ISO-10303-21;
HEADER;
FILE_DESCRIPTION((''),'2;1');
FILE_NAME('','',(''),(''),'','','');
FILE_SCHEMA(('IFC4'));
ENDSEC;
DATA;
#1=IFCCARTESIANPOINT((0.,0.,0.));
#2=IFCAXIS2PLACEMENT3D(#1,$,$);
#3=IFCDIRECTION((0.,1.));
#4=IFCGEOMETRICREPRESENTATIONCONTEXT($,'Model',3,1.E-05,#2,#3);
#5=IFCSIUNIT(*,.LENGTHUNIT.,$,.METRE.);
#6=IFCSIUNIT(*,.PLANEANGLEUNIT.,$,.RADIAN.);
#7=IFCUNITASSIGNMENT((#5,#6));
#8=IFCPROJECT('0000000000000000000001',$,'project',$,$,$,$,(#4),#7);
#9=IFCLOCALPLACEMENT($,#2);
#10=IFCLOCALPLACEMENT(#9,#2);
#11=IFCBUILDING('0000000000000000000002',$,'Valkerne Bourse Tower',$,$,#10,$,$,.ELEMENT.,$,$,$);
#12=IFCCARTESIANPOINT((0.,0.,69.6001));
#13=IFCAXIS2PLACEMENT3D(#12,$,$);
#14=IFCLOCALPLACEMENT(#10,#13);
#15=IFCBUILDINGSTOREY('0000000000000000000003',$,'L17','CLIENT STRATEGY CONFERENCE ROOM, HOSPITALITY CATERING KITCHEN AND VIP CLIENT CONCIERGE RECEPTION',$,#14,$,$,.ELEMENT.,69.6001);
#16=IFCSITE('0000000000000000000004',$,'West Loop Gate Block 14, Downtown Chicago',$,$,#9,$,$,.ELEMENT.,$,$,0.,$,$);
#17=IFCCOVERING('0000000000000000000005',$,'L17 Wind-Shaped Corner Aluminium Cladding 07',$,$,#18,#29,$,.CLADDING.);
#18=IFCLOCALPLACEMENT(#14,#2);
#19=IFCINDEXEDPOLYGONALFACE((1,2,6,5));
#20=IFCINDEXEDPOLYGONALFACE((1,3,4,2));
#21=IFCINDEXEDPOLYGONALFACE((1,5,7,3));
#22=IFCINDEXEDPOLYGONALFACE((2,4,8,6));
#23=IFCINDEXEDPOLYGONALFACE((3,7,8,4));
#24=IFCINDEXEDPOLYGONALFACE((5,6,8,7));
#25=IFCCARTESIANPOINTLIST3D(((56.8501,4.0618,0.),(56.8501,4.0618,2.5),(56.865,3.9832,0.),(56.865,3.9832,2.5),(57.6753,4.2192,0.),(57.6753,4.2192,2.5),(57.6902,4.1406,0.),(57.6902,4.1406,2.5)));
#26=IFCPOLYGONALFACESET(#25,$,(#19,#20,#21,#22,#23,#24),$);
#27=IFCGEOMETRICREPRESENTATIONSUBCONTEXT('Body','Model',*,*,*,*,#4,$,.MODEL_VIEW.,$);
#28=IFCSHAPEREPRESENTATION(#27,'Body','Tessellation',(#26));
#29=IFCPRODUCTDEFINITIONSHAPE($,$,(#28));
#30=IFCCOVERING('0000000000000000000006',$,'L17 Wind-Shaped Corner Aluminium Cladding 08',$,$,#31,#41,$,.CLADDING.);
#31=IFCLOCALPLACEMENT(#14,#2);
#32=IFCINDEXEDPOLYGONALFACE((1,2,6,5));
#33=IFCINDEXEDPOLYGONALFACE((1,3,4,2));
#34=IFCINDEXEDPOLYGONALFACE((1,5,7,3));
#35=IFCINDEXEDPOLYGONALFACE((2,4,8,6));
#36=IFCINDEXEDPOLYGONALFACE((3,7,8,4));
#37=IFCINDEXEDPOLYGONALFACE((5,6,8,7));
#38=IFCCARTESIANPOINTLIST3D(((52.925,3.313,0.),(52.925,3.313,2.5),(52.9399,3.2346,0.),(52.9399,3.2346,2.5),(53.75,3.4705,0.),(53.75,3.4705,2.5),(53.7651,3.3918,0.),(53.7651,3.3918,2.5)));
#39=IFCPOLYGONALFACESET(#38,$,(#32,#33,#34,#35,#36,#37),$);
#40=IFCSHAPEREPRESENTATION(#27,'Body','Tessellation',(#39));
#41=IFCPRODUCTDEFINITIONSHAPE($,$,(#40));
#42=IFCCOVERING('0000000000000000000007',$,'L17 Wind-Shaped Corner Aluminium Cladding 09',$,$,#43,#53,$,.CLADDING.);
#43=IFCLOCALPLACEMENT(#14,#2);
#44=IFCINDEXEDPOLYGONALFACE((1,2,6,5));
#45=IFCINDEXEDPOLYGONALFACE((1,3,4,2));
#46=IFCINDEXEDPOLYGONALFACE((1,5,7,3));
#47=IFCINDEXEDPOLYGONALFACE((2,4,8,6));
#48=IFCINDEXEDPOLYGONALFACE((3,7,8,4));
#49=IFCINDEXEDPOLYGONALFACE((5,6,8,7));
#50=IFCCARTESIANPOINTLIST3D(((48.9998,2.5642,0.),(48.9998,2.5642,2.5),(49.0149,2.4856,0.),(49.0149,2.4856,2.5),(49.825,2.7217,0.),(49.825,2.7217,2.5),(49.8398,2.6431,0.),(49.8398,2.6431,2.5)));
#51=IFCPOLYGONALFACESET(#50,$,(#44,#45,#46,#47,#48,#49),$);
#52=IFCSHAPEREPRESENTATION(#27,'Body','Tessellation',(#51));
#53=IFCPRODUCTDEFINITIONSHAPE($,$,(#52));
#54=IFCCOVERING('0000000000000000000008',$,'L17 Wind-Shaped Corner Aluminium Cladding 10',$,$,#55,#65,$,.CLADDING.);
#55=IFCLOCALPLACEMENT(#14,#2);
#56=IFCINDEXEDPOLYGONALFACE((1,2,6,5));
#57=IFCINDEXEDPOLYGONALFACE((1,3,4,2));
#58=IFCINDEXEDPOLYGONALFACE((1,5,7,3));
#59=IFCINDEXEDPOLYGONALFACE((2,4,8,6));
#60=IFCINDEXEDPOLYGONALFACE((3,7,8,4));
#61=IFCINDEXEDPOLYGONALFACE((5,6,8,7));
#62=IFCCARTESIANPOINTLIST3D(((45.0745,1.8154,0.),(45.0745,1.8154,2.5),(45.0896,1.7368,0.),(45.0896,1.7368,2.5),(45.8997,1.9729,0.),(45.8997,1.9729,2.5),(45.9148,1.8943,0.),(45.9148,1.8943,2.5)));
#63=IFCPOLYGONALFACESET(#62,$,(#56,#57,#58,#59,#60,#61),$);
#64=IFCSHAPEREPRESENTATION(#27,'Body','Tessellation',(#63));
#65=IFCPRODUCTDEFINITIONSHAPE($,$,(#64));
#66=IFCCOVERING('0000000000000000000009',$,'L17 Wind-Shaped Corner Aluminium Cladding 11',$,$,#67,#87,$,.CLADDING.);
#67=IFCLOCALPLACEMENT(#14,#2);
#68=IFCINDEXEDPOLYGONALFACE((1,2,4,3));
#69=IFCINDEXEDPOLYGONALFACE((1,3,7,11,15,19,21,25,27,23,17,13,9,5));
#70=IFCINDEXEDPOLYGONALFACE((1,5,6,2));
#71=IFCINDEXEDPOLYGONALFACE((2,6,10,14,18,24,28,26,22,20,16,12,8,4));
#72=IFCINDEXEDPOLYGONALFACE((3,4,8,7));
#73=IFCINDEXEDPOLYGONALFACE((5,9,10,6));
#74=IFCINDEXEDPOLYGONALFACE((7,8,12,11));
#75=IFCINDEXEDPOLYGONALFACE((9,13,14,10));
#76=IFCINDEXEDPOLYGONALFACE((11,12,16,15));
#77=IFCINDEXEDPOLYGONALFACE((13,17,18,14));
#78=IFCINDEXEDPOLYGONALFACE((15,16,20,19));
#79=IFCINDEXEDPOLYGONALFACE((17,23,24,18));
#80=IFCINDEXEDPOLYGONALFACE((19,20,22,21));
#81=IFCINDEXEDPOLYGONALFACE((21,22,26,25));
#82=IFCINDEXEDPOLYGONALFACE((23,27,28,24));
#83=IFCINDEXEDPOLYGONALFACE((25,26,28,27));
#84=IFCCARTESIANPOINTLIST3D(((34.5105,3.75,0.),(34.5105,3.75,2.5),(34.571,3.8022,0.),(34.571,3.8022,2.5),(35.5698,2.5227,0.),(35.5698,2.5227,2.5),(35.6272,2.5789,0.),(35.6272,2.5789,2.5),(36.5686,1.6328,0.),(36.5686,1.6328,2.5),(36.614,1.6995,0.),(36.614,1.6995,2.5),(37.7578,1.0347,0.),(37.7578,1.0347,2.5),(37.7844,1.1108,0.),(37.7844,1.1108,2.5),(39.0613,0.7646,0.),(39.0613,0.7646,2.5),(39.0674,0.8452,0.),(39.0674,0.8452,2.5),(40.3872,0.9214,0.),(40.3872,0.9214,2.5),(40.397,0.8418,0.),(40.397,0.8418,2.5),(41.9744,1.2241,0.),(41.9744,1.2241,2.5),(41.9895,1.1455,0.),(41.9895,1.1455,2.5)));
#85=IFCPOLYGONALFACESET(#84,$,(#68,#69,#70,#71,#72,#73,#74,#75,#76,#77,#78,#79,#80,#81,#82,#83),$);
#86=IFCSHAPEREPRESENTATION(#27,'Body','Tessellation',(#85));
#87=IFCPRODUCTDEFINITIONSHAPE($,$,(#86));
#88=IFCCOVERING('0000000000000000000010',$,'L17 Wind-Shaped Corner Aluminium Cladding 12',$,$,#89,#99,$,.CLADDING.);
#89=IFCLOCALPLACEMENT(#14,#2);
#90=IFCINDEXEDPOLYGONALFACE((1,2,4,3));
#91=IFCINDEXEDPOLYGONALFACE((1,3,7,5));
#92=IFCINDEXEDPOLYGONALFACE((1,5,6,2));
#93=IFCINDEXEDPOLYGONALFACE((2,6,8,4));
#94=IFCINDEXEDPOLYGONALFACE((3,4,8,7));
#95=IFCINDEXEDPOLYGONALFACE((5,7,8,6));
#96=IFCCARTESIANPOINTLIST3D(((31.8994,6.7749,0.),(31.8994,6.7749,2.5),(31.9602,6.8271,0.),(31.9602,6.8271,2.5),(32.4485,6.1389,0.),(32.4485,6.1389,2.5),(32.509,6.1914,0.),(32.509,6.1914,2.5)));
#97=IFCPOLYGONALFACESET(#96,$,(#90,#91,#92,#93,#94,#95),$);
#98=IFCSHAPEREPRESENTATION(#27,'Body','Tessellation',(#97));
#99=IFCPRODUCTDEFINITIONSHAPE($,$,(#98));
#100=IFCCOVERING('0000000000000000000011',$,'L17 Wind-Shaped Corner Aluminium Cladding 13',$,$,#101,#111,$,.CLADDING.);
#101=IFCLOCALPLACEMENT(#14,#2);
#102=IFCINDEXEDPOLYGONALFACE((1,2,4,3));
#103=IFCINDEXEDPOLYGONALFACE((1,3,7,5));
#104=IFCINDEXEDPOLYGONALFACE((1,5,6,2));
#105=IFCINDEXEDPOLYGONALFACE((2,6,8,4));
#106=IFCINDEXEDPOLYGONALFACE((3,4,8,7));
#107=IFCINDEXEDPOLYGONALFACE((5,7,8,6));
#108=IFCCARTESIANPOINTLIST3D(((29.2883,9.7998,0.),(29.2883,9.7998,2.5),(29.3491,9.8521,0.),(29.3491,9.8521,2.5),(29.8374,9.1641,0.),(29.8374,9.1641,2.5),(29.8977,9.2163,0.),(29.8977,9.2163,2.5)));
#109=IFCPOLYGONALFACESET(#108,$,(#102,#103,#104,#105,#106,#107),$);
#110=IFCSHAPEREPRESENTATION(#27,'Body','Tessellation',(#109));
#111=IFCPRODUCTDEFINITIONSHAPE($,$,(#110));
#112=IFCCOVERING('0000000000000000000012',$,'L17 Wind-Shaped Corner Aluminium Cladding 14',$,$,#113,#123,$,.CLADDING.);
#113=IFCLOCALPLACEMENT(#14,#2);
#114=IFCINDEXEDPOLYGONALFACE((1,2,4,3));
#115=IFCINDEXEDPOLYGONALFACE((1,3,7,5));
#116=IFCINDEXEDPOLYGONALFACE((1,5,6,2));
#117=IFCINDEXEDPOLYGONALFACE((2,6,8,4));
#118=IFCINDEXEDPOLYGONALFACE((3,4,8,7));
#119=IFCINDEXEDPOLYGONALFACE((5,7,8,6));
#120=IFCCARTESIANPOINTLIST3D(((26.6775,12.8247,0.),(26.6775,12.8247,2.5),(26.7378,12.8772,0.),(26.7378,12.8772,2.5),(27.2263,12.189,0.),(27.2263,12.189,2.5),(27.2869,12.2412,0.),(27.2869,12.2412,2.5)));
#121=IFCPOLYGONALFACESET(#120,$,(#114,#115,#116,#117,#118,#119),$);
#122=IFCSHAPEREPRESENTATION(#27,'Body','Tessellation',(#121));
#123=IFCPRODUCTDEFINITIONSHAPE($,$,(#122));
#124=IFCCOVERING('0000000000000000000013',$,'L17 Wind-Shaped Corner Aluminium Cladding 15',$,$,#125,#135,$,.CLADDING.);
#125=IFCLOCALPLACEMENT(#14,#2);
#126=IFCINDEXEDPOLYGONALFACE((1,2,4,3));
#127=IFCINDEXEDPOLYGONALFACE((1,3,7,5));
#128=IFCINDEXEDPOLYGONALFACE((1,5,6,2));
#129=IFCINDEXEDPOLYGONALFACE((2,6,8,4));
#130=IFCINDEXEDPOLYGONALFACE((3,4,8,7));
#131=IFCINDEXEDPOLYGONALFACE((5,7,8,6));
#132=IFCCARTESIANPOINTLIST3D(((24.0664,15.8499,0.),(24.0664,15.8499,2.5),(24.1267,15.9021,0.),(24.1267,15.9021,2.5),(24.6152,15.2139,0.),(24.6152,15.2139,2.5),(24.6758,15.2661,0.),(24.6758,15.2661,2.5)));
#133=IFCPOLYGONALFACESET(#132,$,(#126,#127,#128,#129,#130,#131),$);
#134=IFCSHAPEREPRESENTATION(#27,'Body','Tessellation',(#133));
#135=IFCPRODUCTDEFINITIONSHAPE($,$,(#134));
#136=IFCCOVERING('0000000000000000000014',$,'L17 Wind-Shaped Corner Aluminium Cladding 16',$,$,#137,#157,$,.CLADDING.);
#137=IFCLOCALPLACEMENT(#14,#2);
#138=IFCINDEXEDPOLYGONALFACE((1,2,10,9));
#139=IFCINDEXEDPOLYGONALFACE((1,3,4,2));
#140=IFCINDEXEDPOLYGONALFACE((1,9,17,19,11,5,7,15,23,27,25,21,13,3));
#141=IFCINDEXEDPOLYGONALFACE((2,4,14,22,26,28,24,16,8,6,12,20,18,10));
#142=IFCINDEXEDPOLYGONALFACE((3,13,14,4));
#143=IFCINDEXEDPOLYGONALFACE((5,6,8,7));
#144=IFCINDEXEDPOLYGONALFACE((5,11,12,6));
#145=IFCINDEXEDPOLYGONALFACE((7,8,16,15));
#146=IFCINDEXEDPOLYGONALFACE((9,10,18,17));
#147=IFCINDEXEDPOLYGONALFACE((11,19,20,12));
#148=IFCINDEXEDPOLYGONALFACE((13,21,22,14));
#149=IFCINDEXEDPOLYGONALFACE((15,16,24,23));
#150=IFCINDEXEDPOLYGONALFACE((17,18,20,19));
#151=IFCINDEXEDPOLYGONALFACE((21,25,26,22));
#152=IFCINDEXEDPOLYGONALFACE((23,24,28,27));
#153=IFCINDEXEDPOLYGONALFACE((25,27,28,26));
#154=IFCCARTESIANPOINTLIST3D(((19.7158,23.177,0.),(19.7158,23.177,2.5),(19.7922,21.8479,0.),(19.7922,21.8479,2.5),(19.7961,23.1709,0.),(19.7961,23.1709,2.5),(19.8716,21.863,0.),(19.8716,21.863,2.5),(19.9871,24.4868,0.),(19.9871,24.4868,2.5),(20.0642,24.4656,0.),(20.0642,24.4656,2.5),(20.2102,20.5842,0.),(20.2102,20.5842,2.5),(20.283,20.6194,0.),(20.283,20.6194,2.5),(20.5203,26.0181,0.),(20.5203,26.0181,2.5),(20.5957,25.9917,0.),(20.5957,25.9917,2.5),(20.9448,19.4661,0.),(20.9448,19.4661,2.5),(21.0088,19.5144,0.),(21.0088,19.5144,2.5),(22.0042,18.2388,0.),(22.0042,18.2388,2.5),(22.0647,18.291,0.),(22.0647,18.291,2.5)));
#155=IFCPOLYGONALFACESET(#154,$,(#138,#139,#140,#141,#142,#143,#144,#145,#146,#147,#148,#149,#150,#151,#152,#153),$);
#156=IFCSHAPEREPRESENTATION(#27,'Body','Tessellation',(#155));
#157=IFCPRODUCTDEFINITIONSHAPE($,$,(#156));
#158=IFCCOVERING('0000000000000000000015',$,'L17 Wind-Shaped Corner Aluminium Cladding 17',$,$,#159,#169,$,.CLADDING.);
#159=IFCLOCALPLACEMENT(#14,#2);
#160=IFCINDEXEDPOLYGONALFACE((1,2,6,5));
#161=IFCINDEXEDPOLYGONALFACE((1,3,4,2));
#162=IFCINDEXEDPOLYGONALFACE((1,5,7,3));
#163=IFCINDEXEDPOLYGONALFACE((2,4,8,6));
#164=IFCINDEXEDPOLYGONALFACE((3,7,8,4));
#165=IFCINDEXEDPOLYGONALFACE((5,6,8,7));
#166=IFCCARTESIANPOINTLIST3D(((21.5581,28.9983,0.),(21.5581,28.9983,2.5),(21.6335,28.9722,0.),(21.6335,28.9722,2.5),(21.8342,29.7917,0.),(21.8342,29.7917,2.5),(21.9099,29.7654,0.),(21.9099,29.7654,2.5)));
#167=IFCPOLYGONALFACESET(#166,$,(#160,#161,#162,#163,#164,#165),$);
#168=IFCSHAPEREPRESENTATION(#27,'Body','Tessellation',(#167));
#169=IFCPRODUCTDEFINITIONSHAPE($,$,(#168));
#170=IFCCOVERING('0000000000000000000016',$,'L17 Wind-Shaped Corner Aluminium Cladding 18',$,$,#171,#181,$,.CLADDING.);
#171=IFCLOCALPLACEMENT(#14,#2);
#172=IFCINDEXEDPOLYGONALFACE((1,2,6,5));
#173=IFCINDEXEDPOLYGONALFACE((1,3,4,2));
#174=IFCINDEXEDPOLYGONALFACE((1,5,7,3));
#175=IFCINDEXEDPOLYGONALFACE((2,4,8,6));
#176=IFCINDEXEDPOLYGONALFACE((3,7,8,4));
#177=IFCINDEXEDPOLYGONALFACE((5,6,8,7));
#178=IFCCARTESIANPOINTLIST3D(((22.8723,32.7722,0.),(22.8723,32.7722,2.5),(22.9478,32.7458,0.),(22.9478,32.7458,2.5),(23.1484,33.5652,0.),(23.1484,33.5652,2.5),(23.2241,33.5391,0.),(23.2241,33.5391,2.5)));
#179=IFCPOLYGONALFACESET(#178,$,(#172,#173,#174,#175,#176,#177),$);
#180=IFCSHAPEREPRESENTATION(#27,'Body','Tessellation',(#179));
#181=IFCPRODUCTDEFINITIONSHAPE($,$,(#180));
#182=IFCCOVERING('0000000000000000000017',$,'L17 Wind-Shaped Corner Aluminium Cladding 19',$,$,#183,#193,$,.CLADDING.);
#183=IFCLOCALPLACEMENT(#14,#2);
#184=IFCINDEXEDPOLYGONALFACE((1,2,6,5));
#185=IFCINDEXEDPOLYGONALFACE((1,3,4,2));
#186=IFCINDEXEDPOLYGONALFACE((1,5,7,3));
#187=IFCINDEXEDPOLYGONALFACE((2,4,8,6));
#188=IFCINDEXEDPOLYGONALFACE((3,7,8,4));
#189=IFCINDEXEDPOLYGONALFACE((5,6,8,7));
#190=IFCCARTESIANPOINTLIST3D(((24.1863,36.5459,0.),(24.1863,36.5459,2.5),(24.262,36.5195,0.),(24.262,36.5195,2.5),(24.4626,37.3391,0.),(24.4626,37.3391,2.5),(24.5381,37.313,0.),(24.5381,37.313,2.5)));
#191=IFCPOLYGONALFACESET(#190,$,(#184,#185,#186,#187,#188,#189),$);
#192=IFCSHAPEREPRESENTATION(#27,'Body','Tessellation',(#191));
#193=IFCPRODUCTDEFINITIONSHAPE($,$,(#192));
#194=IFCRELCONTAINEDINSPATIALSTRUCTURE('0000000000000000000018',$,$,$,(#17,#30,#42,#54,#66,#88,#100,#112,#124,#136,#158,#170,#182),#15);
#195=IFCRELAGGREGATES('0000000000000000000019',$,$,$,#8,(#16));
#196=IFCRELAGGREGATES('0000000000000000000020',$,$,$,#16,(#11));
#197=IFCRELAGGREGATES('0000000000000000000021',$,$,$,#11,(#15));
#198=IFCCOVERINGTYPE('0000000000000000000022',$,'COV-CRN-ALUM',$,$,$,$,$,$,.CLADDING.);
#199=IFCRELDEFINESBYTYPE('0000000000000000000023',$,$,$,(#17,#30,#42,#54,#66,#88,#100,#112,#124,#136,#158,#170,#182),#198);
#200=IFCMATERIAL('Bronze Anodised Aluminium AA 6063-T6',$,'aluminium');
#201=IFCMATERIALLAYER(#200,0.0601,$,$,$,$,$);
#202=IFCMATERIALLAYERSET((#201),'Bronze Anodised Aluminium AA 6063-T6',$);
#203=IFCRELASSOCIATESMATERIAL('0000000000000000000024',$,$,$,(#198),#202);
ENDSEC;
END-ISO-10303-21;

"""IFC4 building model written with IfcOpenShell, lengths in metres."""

from ifc_helpers import new_model, si_unit, direction, frame, origin, place, context, subcontext, project, spatial, polyline, outline, extrude, material, layer, layer_set, type_object, element, save


model = new_model("IFC4")

# Units and contexts
model_context = context("Model", 3, precision=1e-05, world=origin(), true_north=direction((0.0, 1.0)))
body_context = subcontext(model_context, "Body", "Model", "MODEL_VIEW")
ifc_project = project(units=[si_unit("LENGTHUNIT", "METRE"), si_unit("PLANEANGLEUNIT", "RADIAN")], contexts=[model_context])

# Site, building, storey
site_placement = place(None, origin())
site = spatial("IfcSite", under=ifc_project, at=site_placement, Name="West Loop Gate Block 14, Downtown Chicago", CompositionType="ELEMENT", RefElevation=0.0)
building_placement = place(site_placement, origin())
building = spatial("IfcBuilding", under=site, at=building_placement, Name="Valkerne Bourse Tower", CompositionType="ELEMENT")
storey_placement = place(building_placement, frame((0.0, 0.0, 69.6001)))
storey = spatial("IfcBuildingStorey", under=building, at=storey_placement, Name="L17", Description="CLIENT STRATEGY CONFERENCE ROOM, HOSPITALITY CATERING KITCHEN AND VIP CLIENT CONCIERGE RECEPTION", CompositionType="ELEMENT", Elevation=69.6001)

# Coverings
ifc_material_1 = material(Name="Bronze Anodised Aluminium AA 6063-T6", Category="aluminium")
ifc_layer_1 = layer(ifc_material_1, 0.0601)
ifc_layer_set_1 = layer_set([ifc_layer_1], Name="Bronze Anodised Aluminium AA 6063-T6")
covering_type = type_object("IfcCoveringType", Name="COV-CRN-ALUM", PredefinedType="CLADDING", material=ifc_layer_set_1)
covering_1_placement = place(storey_placement, origin())
element("IfcCovering", 1, at=covering_1_placement, inside=storey, type_object=covering_type, Name="L17 Wind-Shaped Corner Aluminium Cladding 07", PredefinedType="CLADDING", context=body_context, shape_type="SweptSolid", body=[
    extrude(outline(polyline([(56.865, 3.9832), (56.8501, 4.0618), (57.6753, 4.2192), (57.6902, 4.1406), (56.865, 3.9832)])), origin(), (0.0, 0.0, 1.0), 2.5),
])
covering_2_placement = place(storey_placement, origin())
element("IfcCovering", 2, at=covering_2_placement, inside=storey, type_object=covering_type, Name="L17 Wind-Shaped Corner Aluminium Cladding 08", PredefinedType="CLADDING", context=body_context, shape_type="SweptSolid", body=[
    extrude(outline(polyline([(52.9399, 3.2346), (52.925, 3.313), (53.75, 3.4705), (53.7651, 3.3918), (52.9399, 3.2346)])), origin(), (0.0, 0.0, 1.0), 2.5),
])
covering_3_placement = place(storey_placement, origin())
element("IfcCovering", 3, at=covering_3_placement, inside=storey, type_object=covering_type, Name="L17 Wind-Shaped Corner Aluminium Cladding 09", PredefinedType="CLADDING", context=body_context, shape_type="SweptSolid", body=[
    extrude(outline(polyline([(49.0149, 2.4856), (48.9998, 2.5642), (49.825, 2.7217), (49.8398, 2.6431), (49.0149, 2.4856)])), origin(), (0.0, 0.0, 1.0), 2.5),
])
covering_4_placement = place(storey_placement, origin())
element("IfcCovering", 4, at=covering_4_placement, inside=storey, type_object=covering_type, Name="L17 Wind-Shaped Corner Aluminium Cladding 10", PredefinedType="CLADDING", context=body_context, shape_type="SweptSolid", body=[
    extrude(outline(polyline([(45.0896, 1.7368), (45.0745, 1.8154), (45.8997, 1.9729), (45.9148, 1.8943), (45.0896, 1.7368)])), origin(), (0.0, 0.0, 1.0), 2.5),
])
covering_5_placement = place(storey_placement, origin())
element("IfcCovering", 5, at=covering_5_placement, inside=storey, type_object=covering_type, Name="L17 Wind-Shaped Corner Aluminium Cladding 11", PredefinedType="CLADDING", context=body_context, shape_type="SweptSolid", body=[
    extrude(outline(polyline([(40.397, 0.8418), (39.0613, 0.7646), (37.7578, 1.0347), (36.5686, 1.6328), (35.5698, 2.5227), (34.5105, 3.75), (34.571, 3.8022), (35.6272, 2.5789), (36.614, 1.6995), (37.7844, 1.1108), (39.0674, 0.8452), (40.3872, 0.9214), (41.9744, 1.2241), (41.9895, 1.1455), (40.397, 0.8418)])), origin(), (0.0, 0.0, 1.0), 2.5),
])
covering_6_placement = place(storey_placement, origin())
element("IfcCovering", 6, at=covering_6_placement, inside=storey, type_object=covering_type, Name="L17 Wind-Shaped Corner Aluminium Cladding 12", PredefinedType="CLADDING", context=body_context, shape_type="SweptSolid", body=[
    extrude(outline(polyline([(31.8994, 6.7749), (31.9602, 6.8271), (32.509, 6.1914), (32.4485, 6.1389), (31.8994, 6.7749)])), origin(), (0.0, 0.0, 1.0), 2.5),
])
covering_7_placement = place(storey_placement, origin())
element("IfcCovering", 7, at=covering_7_placement, inside=storey, type_object=covering_type, Name="L17 Wind-Shaped Corner Aluminium Cladding 13", PredefinedType="CLADDING", context=body_context, shape_type="SweptSolid", body=[
    extrude(outline(polyline([(29.2883, 9.7998), (29.3491, 9.8521), (29.8977, 9.2163), (29.8374, 9.1641), (29.2883, 9.7998)])), origin(), (0.0, 0.0, 1.0), 2.5),
])
covering_8_placement = place(storey_placement, origin())
element("IfcCovering", 8, at=covering_8_placement, inside=storey, type_object=covering_type, Name="L17 Wind-Shaped Corner Aluminium Cladding 14", PredefinedType="CLADDING", context=body_context, shape_type="SweptSolid", body=[
    extrude(outline(polyline([(26.6775, 12.8247), (26.7378, 12.8772), (27.2869, 12.2412), (27.2263, 12.189), (26.6775, 12.8247)])), origin(), (0.0, 0.0, 1.0), 2.5),
])
covering_9_placement = place(storey_placement, origin())
element("IfcCovering", 9, at=covering_9_placement, inside=storey, type_object=covering_type, Name="L17 Wind-Shaped Corner Aluminium Cladding 15", PredefinedType="CLADDING", context=body_context, shape_type="SweptSolid", body=[
    extrude(outline(polyline([(24.0664, 15.8499), (24.1267, 15.9021), (24.6758, 15.2661), (24.6152, 15.2139), (24.0664, 15.8499)])), origin(), (0.0, 0.0, 1.0), 2.5),
])
covering_10_placement = place(storey_placement, origin())
element("IfcCovering", 10, at=covering_10_placement, inside=storey, type_object=covering_type, Name="L17 Wind-Shaped Corner Aluminium Cladding 16", PredefinedType="CLADDING", context=body_context, shape_type="SweptSolid", body=[
    extrude(outline(polyline([(20.9448, 19.4661), (20.2102, 20.5842), (19.7922, 21.8479), (19.7158, 23.177), (19.9871, 24.4868), (20.5203, 26.0181), (20.5957, 25.9917), (20.0642, 24.4656), (19.7961, 23.1709), (19.8716, 21.863), (20.283, 20.6194), (21.0088, 19.5144), (22.0647, 18.291), (22.0042, 18.2388), (20.9448, 19.4661)])), origin(), (0.0, 0.0, 1.0), 2.5),
])
covering_11_placement = place(storey_placement, origin())
element("IfcCovering", 11, at=covering_11_placement, inside=storey, type_object=covering_type, Name="L17 Wind-Shaped Corner Aluminium Cladding 17", PredefinedType="CLADDING", context=body_context, shape_type="SweptSolid", body=[
    extrude(outline(polyline([(21.8342, 29.7917), (21.9099, 29.7654), (21.6335, 28.9722), (21.5581, 28.9983), (21.8342, 29.7917)])), origin(), (0.0, 0.0, 1.0), 2.5),
])
covering_12_placement = place(storey_placement, origin())
element("IfcCovering", 12, at=covering_12_placement, inside=storey, type_object=covering_type, Name="L17 Wind-Shaped Corner Aluminium Cladding 18", PredefinedType="CLADDING", context=body_context, shape_type="SweptSolid", body=[
    extrude(outline(polyline([(23.1484, 33.5652), (23.2241, 33.5391), (22.9478, 32.7458), (22.8723, 32.7722), (23.1484, 33.5652)])), origin(), (0.0, 0.0, 1.0), 2.5),
])
covering_13_placement = place(storey_placement, origin())
element("IfcCovering", 13, at=covering_13_placement, inside=storey, type_object=covering_type, Name="L17 Wind-Shaped Corner Aluminium Cladding 19", PredefinedType="CLADDING", context=body_context, shape_type="SweptSolid", body=[
    extrude(outline(polyline([(24.4626, 37.3391), (24.5381, 37.313), (24.262, 36.5195), (24.1863, 36.5459), (24.4626, 37.3391)])), origin(), (0.0, 0.0, 1.0), 2.5),
])

save(model, "model.ifc")
